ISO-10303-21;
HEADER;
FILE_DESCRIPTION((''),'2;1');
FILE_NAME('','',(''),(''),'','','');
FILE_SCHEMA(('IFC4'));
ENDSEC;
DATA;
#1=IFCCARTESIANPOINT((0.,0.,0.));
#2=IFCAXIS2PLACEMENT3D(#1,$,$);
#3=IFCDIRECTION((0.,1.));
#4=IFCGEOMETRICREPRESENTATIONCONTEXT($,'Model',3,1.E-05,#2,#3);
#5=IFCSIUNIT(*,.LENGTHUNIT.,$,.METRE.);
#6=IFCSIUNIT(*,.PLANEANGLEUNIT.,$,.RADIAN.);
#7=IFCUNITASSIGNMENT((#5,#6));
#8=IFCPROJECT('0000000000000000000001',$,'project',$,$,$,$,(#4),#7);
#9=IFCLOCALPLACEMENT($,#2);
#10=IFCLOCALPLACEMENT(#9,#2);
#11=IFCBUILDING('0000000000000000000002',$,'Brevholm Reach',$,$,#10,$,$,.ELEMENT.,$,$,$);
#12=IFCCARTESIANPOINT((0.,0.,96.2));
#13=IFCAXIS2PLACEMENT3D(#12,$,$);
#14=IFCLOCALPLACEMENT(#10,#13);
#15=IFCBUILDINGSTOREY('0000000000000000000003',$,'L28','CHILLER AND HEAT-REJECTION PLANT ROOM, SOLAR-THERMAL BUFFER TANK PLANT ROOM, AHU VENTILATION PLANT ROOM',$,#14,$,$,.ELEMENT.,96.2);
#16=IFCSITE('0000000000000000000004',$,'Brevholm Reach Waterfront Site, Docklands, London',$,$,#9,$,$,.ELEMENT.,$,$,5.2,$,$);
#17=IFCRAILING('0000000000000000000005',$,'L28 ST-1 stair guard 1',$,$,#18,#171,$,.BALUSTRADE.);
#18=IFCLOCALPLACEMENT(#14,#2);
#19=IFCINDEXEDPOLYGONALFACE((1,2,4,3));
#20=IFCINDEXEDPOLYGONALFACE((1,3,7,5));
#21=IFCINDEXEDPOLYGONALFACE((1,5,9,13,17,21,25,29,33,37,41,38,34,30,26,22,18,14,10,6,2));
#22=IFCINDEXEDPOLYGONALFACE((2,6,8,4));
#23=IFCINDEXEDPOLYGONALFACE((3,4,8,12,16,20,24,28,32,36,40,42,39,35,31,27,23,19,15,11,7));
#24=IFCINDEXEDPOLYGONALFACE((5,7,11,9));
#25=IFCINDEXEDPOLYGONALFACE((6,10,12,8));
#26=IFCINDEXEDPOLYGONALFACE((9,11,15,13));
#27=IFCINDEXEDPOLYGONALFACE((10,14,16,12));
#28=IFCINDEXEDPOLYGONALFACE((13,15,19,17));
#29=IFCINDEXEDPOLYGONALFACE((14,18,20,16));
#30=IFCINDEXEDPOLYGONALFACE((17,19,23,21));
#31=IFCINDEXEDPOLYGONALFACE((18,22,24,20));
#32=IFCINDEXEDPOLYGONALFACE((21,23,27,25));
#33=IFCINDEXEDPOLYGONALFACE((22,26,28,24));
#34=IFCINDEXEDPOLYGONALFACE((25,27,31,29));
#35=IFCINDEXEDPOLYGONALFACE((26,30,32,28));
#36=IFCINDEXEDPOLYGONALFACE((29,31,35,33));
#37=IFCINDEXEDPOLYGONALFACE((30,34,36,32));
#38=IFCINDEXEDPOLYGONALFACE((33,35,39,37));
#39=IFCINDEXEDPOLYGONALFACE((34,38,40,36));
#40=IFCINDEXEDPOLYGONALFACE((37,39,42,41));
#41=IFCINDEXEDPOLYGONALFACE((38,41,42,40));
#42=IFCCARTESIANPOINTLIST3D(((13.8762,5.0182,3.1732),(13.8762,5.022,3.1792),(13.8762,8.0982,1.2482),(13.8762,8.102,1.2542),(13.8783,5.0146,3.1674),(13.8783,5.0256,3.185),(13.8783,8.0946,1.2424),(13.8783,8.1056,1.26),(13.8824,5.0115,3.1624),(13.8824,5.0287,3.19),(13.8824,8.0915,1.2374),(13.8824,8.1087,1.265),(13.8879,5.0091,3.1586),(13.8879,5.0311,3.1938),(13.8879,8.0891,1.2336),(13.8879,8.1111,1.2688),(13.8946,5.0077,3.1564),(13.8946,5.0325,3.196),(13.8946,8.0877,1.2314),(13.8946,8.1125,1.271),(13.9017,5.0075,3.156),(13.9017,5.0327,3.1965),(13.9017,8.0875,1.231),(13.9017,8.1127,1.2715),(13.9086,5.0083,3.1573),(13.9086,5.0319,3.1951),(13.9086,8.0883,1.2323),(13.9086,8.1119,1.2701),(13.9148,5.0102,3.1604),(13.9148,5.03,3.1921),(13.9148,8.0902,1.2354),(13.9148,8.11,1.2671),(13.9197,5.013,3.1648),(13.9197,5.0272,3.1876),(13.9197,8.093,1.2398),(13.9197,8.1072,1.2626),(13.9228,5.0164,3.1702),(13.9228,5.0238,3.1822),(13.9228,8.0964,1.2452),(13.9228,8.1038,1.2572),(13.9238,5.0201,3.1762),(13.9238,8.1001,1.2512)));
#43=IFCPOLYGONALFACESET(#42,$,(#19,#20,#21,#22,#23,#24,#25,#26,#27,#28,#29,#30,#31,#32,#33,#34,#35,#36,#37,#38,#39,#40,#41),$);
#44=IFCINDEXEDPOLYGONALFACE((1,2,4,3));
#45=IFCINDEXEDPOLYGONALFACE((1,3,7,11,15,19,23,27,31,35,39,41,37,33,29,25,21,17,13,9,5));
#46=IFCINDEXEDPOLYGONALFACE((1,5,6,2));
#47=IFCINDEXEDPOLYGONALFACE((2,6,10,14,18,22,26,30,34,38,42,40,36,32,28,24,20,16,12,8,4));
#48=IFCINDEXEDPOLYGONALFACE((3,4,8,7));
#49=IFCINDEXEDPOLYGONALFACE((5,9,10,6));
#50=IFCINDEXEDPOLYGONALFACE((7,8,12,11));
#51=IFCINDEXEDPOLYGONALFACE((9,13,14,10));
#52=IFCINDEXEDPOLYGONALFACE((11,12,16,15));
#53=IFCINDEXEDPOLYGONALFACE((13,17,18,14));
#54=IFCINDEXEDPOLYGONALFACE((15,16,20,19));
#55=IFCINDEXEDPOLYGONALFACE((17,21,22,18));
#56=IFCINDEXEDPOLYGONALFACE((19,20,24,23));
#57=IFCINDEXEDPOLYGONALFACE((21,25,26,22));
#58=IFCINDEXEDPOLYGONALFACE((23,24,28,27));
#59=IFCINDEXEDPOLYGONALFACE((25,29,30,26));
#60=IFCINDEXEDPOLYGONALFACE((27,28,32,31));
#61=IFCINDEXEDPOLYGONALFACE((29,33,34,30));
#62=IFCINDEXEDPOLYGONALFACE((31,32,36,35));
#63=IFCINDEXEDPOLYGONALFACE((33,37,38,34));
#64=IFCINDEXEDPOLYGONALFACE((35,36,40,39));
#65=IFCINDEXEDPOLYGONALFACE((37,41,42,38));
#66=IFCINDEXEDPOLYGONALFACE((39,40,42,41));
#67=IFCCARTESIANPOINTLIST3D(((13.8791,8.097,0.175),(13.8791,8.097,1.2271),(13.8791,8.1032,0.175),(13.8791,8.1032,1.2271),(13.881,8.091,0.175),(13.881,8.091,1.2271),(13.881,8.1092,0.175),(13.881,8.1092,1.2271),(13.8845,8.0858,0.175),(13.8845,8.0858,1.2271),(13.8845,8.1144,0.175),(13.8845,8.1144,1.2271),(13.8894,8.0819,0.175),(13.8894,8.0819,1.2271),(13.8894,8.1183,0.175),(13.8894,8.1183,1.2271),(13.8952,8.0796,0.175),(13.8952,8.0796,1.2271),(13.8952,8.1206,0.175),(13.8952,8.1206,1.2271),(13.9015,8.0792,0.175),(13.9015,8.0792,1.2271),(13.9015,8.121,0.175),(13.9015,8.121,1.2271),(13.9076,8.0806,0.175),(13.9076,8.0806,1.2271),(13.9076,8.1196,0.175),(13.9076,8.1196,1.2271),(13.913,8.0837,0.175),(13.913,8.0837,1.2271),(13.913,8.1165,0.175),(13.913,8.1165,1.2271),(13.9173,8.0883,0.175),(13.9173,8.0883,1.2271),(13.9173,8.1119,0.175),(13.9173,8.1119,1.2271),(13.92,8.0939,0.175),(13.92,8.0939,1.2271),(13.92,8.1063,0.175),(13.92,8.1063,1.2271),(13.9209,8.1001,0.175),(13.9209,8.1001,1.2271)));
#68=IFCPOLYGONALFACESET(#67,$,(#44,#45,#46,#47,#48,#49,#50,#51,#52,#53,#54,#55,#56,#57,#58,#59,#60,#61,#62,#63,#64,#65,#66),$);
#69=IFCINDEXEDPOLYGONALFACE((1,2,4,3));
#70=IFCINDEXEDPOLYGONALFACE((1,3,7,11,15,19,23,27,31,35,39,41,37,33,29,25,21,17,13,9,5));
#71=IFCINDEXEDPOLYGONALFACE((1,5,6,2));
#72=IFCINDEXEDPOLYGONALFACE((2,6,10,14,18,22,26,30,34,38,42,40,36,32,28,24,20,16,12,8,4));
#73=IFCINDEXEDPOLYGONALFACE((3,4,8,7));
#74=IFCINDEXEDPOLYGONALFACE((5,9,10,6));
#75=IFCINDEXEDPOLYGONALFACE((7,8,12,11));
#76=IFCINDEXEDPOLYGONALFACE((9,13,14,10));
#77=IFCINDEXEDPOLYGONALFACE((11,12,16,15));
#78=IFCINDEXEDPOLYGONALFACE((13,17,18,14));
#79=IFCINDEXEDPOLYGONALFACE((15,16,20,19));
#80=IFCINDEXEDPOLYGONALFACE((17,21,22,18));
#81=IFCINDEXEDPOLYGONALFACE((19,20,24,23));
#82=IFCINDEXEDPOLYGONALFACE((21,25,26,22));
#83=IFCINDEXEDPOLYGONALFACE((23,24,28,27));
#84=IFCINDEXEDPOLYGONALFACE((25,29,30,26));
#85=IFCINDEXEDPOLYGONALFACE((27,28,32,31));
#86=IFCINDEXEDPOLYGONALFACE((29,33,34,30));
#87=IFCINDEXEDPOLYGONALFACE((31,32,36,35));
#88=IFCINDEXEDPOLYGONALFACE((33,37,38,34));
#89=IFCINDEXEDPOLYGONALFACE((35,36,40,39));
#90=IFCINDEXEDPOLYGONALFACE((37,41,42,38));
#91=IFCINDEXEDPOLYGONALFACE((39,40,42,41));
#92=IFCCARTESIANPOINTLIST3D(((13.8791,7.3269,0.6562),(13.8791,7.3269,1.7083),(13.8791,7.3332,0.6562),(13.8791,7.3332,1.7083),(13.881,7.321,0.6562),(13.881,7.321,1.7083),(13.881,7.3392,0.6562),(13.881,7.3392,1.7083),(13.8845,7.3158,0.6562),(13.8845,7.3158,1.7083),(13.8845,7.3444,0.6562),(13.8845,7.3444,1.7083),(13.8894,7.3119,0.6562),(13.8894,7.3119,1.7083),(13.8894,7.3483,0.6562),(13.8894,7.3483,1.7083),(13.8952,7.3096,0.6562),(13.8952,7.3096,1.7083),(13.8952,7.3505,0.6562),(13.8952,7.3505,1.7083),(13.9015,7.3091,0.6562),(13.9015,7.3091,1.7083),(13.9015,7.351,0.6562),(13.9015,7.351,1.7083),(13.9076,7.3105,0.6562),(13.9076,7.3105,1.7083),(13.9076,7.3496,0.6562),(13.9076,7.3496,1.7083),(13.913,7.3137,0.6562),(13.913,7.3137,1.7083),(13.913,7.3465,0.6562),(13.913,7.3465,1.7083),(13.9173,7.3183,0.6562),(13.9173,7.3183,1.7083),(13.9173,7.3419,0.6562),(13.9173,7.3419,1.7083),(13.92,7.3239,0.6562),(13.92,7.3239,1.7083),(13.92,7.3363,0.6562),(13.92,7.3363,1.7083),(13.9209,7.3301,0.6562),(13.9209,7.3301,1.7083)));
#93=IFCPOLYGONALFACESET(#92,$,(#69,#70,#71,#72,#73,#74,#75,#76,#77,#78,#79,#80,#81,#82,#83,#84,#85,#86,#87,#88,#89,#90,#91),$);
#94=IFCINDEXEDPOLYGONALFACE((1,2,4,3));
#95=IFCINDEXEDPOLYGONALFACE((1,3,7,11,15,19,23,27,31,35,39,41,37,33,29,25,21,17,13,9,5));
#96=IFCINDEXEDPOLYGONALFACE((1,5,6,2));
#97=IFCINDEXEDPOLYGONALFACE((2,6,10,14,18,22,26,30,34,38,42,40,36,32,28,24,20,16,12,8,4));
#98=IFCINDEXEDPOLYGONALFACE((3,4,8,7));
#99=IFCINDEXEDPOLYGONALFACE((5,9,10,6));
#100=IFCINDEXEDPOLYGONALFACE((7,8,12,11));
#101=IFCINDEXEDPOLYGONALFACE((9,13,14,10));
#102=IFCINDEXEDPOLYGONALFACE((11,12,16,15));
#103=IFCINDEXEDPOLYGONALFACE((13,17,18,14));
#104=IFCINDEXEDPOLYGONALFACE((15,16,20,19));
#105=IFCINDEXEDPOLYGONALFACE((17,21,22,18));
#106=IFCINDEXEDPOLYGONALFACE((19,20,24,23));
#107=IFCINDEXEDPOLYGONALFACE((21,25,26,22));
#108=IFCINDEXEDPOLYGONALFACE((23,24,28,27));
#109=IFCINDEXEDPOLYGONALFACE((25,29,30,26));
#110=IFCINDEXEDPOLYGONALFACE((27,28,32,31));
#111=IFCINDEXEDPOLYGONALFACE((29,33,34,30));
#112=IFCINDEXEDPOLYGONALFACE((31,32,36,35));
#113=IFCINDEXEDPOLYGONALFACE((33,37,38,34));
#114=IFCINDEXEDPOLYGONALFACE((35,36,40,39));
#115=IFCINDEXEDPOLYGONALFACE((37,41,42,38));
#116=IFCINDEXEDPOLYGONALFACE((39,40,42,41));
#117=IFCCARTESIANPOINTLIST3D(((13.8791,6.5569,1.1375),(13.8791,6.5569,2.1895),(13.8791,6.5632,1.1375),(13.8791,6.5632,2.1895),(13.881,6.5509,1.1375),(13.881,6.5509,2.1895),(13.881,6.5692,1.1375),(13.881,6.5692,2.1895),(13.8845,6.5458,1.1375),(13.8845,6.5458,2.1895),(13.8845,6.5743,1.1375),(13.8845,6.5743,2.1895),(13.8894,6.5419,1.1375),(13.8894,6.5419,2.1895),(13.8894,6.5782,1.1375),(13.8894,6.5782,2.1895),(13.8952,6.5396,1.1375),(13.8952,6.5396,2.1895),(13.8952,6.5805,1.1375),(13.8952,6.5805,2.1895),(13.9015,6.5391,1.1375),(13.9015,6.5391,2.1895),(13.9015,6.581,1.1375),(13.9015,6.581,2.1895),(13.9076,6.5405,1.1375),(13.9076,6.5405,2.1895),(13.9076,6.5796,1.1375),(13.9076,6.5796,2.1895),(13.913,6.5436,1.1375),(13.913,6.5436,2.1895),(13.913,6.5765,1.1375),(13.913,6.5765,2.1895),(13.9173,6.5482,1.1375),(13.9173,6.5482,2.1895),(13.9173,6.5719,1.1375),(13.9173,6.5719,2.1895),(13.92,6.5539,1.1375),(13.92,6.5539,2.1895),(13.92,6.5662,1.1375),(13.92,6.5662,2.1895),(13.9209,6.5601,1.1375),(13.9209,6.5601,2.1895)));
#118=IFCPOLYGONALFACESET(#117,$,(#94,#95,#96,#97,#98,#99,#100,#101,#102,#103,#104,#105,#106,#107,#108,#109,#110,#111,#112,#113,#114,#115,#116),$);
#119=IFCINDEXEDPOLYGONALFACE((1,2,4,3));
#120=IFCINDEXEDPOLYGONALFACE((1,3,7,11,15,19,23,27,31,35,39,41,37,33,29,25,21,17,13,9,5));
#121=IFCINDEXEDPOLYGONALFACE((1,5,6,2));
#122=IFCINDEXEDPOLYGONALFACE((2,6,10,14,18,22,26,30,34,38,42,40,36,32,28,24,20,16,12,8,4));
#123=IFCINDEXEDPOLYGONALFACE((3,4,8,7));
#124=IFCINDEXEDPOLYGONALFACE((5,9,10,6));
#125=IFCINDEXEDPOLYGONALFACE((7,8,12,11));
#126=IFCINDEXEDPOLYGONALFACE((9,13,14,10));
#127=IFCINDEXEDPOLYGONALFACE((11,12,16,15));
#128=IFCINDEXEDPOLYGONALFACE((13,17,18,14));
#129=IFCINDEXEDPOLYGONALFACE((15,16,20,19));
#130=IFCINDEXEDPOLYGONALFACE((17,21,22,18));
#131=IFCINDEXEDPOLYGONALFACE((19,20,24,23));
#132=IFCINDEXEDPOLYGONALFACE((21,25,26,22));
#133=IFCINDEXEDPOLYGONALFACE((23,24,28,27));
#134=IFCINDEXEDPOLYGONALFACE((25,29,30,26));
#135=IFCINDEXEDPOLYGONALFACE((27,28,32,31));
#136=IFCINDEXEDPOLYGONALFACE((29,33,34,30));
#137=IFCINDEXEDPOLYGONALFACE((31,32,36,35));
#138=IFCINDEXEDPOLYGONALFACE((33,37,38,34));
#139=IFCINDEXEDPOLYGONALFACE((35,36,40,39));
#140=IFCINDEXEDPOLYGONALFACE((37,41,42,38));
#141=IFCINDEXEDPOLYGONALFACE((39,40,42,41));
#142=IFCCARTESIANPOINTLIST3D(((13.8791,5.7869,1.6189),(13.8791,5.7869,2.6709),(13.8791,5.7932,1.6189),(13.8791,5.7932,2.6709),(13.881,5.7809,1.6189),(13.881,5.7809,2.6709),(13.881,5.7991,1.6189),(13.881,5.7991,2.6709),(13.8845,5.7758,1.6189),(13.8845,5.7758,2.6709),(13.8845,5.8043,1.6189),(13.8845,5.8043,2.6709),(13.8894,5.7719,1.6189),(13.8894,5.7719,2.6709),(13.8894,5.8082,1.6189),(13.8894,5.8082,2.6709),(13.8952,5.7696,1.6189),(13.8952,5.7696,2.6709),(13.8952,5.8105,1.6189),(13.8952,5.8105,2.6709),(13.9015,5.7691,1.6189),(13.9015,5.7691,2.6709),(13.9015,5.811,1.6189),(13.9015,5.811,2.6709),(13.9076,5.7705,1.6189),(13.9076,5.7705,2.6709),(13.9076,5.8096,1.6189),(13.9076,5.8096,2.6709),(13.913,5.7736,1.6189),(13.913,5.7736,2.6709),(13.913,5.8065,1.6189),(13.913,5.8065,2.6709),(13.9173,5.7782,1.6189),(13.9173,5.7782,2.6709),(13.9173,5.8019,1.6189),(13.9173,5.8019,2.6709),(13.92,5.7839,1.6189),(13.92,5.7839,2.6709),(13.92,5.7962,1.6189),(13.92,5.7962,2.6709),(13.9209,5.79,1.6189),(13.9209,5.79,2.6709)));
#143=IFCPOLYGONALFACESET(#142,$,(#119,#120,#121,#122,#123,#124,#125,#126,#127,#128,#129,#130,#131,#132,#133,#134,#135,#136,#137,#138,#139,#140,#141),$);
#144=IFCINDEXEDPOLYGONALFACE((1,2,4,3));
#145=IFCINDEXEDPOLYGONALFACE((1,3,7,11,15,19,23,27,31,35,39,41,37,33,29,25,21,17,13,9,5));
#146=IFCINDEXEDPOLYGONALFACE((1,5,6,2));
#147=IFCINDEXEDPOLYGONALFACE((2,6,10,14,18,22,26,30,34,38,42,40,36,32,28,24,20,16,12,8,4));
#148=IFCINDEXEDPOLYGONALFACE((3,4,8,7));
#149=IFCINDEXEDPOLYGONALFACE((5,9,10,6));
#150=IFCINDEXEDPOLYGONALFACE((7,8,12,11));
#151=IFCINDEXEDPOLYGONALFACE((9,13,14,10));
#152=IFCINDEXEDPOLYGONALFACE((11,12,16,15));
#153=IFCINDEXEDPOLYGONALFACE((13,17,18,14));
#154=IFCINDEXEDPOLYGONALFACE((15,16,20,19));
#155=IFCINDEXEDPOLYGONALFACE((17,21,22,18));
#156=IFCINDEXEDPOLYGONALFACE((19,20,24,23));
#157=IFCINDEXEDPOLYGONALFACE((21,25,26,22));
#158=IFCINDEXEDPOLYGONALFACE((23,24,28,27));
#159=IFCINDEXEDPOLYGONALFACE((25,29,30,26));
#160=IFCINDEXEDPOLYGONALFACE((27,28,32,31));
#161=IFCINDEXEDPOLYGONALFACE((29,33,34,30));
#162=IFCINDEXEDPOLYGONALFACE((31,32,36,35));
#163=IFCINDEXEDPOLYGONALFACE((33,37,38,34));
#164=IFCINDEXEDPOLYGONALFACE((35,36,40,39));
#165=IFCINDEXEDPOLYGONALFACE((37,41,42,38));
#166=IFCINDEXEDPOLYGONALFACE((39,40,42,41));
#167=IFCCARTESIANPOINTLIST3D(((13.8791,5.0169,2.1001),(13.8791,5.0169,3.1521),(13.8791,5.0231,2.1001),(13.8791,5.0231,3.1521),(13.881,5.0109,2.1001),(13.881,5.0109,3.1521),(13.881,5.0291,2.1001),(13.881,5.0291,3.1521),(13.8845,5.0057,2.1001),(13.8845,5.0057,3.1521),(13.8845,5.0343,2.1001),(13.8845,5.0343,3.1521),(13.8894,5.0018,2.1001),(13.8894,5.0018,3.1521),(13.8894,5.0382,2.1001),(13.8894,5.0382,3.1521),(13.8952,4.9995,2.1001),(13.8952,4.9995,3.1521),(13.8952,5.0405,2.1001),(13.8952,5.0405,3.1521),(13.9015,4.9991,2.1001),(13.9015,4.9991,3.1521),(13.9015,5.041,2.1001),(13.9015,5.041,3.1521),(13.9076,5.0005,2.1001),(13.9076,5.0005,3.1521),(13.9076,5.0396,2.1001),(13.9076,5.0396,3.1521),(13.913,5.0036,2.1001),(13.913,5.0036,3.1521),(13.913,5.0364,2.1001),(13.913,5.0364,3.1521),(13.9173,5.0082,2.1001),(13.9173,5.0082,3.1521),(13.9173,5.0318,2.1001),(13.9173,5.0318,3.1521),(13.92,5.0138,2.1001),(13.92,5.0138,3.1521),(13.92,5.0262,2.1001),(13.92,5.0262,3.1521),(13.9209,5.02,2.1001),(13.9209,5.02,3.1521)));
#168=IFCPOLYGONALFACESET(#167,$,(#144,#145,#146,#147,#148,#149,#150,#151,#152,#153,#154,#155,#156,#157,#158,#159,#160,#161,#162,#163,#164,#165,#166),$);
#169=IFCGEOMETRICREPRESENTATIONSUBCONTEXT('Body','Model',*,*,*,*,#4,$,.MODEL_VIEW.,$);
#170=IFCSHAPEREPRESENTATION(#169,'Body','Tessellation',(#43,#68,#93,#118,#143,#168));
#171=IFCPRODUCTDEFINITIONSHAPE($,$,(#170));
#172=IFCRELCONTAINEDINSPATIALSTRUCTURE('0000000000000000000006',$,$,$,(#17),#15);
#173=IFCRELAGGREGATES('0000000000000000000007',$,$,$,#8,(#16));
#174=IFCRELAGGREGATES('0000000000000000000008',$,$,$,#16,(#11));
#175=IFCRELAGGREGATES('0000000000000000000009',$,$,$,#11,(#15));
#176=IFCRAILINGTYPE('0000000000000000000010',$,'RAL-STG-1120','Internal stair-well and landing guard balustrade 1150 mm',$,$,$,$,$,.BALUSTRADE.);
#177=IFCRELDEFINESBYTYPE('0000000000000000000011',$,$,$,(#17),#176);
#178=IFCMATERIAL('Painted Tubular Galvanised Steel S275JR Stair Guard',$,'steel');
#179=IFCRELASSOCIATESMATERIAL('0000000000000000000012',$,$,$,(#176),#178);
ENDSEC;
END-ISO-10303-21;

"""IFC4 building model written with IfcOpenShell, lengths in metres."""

from ifc_helpers import new_model, si_unit, direction, frame, origin, origin_2d, place, context, subcontext, project, spatial, circle, extrude, material, type_object, element, save


model = new_model("IFC4")

# Units and contexts
model_context = context("Model", 3, precision=1e-05, world=origin(), true_north=direction((0.0, 1.0)))
body_context = subcontext(model_context, "Body", "Model", "MODEL_VIEW")
ifc_project = project(units=[si_unit("LENGTHUNIT", "METRE"), si_unit("PLANEANGLEUNIT", "RADIAN")], contexts=[model_context])

# Site, building, storey
site_placement = place(None, origin())
site = spatial("IfcSite", under=ifc_project, at=site_placement, Name="Brevholm Reach Waterfront Site, Docklands, London", CompositionType="ELEMENT", RefElevation=5.2)
building_placement = place(site_placement, origin())
building = spatial("IfcBuilding", under=site, at=building_placement, Name="Brevholm Reach", CompositionType="ELEMENT")
storey_placement = place(building_placement, frame((0.0, 0.0, 96.2)))
storey = spatial("IfcBuildingStorey", under=building, at=storey_placement, Name="L28", Description="CHILLER AND HEAT-REJECTION PLANT ROOM, SOLAR-THERMAL BUFFER TANK PLANT ROOM, AHU VENTILATION PLANT ROOM", CompositionType="ELEMENT", Elevation=96.2)

# Railing
ifc_material_1 = material(Name="Painted Tubular Galvanised Steel S275JR Stair Guard", Category="steel")
railing_type_1 = type_object("IfcRailingType", Name="RAL-STG-1120", Description="Internal stair-well and landing guard balustrade 1150 mm", PredefinedType="BALUSTRADE", material=ifc_material_1)
railing_1_placement = place(storey_placement, frame((13.8999, 8.1001, 0.175)))
element("IfcRailing", 1, at=railing_1_placement, inside=storey, type_object=railing_type_1, Name="L28 ST-1 stair guard 1", PredefinedType="BALUSTRADE", context=body_context, shape_type="SweptSolid", body=[
    extrude(circle(Radius=0.0239, at=origin_2d()), frame((0.0, 0.0, 1.0762), z_axis=(0.0, -0.847998, 0.529999), x_axis=(1.0, 0.0, 0.0)), (0.0, 0.0, 1.0), 3.6321),
    extrude(circle(Radius=0.021, at=origin_2d()), origin(), (0.0, 0.0, 1.0), 1.052),
    extrude(circle(Radius=0.021, at=origin_2d()), frame((0.0, -0.77, 0.4812)), (0.0, 0.0, 1.0), 1.052),
    extrude(circle(Radius=0.021, at=origin_2d()), frame((0.0, -1.54, 0.9624)), (0.0, 0.0, 1.0), 1.052),
    extrude(circle(Radius=0.021, at=origin_2d()), frame((0.0, -2.3101, 1.4438)), (0.0, 0.0, 1.0), 1.052),
    extrude(circle(Radius=0.021, at=origin_2d()), frame((0.0, -3.0801, 1.925)), (0.0, 0.0, 1.0), 1.052),
])

save(model, "model.ifc")
